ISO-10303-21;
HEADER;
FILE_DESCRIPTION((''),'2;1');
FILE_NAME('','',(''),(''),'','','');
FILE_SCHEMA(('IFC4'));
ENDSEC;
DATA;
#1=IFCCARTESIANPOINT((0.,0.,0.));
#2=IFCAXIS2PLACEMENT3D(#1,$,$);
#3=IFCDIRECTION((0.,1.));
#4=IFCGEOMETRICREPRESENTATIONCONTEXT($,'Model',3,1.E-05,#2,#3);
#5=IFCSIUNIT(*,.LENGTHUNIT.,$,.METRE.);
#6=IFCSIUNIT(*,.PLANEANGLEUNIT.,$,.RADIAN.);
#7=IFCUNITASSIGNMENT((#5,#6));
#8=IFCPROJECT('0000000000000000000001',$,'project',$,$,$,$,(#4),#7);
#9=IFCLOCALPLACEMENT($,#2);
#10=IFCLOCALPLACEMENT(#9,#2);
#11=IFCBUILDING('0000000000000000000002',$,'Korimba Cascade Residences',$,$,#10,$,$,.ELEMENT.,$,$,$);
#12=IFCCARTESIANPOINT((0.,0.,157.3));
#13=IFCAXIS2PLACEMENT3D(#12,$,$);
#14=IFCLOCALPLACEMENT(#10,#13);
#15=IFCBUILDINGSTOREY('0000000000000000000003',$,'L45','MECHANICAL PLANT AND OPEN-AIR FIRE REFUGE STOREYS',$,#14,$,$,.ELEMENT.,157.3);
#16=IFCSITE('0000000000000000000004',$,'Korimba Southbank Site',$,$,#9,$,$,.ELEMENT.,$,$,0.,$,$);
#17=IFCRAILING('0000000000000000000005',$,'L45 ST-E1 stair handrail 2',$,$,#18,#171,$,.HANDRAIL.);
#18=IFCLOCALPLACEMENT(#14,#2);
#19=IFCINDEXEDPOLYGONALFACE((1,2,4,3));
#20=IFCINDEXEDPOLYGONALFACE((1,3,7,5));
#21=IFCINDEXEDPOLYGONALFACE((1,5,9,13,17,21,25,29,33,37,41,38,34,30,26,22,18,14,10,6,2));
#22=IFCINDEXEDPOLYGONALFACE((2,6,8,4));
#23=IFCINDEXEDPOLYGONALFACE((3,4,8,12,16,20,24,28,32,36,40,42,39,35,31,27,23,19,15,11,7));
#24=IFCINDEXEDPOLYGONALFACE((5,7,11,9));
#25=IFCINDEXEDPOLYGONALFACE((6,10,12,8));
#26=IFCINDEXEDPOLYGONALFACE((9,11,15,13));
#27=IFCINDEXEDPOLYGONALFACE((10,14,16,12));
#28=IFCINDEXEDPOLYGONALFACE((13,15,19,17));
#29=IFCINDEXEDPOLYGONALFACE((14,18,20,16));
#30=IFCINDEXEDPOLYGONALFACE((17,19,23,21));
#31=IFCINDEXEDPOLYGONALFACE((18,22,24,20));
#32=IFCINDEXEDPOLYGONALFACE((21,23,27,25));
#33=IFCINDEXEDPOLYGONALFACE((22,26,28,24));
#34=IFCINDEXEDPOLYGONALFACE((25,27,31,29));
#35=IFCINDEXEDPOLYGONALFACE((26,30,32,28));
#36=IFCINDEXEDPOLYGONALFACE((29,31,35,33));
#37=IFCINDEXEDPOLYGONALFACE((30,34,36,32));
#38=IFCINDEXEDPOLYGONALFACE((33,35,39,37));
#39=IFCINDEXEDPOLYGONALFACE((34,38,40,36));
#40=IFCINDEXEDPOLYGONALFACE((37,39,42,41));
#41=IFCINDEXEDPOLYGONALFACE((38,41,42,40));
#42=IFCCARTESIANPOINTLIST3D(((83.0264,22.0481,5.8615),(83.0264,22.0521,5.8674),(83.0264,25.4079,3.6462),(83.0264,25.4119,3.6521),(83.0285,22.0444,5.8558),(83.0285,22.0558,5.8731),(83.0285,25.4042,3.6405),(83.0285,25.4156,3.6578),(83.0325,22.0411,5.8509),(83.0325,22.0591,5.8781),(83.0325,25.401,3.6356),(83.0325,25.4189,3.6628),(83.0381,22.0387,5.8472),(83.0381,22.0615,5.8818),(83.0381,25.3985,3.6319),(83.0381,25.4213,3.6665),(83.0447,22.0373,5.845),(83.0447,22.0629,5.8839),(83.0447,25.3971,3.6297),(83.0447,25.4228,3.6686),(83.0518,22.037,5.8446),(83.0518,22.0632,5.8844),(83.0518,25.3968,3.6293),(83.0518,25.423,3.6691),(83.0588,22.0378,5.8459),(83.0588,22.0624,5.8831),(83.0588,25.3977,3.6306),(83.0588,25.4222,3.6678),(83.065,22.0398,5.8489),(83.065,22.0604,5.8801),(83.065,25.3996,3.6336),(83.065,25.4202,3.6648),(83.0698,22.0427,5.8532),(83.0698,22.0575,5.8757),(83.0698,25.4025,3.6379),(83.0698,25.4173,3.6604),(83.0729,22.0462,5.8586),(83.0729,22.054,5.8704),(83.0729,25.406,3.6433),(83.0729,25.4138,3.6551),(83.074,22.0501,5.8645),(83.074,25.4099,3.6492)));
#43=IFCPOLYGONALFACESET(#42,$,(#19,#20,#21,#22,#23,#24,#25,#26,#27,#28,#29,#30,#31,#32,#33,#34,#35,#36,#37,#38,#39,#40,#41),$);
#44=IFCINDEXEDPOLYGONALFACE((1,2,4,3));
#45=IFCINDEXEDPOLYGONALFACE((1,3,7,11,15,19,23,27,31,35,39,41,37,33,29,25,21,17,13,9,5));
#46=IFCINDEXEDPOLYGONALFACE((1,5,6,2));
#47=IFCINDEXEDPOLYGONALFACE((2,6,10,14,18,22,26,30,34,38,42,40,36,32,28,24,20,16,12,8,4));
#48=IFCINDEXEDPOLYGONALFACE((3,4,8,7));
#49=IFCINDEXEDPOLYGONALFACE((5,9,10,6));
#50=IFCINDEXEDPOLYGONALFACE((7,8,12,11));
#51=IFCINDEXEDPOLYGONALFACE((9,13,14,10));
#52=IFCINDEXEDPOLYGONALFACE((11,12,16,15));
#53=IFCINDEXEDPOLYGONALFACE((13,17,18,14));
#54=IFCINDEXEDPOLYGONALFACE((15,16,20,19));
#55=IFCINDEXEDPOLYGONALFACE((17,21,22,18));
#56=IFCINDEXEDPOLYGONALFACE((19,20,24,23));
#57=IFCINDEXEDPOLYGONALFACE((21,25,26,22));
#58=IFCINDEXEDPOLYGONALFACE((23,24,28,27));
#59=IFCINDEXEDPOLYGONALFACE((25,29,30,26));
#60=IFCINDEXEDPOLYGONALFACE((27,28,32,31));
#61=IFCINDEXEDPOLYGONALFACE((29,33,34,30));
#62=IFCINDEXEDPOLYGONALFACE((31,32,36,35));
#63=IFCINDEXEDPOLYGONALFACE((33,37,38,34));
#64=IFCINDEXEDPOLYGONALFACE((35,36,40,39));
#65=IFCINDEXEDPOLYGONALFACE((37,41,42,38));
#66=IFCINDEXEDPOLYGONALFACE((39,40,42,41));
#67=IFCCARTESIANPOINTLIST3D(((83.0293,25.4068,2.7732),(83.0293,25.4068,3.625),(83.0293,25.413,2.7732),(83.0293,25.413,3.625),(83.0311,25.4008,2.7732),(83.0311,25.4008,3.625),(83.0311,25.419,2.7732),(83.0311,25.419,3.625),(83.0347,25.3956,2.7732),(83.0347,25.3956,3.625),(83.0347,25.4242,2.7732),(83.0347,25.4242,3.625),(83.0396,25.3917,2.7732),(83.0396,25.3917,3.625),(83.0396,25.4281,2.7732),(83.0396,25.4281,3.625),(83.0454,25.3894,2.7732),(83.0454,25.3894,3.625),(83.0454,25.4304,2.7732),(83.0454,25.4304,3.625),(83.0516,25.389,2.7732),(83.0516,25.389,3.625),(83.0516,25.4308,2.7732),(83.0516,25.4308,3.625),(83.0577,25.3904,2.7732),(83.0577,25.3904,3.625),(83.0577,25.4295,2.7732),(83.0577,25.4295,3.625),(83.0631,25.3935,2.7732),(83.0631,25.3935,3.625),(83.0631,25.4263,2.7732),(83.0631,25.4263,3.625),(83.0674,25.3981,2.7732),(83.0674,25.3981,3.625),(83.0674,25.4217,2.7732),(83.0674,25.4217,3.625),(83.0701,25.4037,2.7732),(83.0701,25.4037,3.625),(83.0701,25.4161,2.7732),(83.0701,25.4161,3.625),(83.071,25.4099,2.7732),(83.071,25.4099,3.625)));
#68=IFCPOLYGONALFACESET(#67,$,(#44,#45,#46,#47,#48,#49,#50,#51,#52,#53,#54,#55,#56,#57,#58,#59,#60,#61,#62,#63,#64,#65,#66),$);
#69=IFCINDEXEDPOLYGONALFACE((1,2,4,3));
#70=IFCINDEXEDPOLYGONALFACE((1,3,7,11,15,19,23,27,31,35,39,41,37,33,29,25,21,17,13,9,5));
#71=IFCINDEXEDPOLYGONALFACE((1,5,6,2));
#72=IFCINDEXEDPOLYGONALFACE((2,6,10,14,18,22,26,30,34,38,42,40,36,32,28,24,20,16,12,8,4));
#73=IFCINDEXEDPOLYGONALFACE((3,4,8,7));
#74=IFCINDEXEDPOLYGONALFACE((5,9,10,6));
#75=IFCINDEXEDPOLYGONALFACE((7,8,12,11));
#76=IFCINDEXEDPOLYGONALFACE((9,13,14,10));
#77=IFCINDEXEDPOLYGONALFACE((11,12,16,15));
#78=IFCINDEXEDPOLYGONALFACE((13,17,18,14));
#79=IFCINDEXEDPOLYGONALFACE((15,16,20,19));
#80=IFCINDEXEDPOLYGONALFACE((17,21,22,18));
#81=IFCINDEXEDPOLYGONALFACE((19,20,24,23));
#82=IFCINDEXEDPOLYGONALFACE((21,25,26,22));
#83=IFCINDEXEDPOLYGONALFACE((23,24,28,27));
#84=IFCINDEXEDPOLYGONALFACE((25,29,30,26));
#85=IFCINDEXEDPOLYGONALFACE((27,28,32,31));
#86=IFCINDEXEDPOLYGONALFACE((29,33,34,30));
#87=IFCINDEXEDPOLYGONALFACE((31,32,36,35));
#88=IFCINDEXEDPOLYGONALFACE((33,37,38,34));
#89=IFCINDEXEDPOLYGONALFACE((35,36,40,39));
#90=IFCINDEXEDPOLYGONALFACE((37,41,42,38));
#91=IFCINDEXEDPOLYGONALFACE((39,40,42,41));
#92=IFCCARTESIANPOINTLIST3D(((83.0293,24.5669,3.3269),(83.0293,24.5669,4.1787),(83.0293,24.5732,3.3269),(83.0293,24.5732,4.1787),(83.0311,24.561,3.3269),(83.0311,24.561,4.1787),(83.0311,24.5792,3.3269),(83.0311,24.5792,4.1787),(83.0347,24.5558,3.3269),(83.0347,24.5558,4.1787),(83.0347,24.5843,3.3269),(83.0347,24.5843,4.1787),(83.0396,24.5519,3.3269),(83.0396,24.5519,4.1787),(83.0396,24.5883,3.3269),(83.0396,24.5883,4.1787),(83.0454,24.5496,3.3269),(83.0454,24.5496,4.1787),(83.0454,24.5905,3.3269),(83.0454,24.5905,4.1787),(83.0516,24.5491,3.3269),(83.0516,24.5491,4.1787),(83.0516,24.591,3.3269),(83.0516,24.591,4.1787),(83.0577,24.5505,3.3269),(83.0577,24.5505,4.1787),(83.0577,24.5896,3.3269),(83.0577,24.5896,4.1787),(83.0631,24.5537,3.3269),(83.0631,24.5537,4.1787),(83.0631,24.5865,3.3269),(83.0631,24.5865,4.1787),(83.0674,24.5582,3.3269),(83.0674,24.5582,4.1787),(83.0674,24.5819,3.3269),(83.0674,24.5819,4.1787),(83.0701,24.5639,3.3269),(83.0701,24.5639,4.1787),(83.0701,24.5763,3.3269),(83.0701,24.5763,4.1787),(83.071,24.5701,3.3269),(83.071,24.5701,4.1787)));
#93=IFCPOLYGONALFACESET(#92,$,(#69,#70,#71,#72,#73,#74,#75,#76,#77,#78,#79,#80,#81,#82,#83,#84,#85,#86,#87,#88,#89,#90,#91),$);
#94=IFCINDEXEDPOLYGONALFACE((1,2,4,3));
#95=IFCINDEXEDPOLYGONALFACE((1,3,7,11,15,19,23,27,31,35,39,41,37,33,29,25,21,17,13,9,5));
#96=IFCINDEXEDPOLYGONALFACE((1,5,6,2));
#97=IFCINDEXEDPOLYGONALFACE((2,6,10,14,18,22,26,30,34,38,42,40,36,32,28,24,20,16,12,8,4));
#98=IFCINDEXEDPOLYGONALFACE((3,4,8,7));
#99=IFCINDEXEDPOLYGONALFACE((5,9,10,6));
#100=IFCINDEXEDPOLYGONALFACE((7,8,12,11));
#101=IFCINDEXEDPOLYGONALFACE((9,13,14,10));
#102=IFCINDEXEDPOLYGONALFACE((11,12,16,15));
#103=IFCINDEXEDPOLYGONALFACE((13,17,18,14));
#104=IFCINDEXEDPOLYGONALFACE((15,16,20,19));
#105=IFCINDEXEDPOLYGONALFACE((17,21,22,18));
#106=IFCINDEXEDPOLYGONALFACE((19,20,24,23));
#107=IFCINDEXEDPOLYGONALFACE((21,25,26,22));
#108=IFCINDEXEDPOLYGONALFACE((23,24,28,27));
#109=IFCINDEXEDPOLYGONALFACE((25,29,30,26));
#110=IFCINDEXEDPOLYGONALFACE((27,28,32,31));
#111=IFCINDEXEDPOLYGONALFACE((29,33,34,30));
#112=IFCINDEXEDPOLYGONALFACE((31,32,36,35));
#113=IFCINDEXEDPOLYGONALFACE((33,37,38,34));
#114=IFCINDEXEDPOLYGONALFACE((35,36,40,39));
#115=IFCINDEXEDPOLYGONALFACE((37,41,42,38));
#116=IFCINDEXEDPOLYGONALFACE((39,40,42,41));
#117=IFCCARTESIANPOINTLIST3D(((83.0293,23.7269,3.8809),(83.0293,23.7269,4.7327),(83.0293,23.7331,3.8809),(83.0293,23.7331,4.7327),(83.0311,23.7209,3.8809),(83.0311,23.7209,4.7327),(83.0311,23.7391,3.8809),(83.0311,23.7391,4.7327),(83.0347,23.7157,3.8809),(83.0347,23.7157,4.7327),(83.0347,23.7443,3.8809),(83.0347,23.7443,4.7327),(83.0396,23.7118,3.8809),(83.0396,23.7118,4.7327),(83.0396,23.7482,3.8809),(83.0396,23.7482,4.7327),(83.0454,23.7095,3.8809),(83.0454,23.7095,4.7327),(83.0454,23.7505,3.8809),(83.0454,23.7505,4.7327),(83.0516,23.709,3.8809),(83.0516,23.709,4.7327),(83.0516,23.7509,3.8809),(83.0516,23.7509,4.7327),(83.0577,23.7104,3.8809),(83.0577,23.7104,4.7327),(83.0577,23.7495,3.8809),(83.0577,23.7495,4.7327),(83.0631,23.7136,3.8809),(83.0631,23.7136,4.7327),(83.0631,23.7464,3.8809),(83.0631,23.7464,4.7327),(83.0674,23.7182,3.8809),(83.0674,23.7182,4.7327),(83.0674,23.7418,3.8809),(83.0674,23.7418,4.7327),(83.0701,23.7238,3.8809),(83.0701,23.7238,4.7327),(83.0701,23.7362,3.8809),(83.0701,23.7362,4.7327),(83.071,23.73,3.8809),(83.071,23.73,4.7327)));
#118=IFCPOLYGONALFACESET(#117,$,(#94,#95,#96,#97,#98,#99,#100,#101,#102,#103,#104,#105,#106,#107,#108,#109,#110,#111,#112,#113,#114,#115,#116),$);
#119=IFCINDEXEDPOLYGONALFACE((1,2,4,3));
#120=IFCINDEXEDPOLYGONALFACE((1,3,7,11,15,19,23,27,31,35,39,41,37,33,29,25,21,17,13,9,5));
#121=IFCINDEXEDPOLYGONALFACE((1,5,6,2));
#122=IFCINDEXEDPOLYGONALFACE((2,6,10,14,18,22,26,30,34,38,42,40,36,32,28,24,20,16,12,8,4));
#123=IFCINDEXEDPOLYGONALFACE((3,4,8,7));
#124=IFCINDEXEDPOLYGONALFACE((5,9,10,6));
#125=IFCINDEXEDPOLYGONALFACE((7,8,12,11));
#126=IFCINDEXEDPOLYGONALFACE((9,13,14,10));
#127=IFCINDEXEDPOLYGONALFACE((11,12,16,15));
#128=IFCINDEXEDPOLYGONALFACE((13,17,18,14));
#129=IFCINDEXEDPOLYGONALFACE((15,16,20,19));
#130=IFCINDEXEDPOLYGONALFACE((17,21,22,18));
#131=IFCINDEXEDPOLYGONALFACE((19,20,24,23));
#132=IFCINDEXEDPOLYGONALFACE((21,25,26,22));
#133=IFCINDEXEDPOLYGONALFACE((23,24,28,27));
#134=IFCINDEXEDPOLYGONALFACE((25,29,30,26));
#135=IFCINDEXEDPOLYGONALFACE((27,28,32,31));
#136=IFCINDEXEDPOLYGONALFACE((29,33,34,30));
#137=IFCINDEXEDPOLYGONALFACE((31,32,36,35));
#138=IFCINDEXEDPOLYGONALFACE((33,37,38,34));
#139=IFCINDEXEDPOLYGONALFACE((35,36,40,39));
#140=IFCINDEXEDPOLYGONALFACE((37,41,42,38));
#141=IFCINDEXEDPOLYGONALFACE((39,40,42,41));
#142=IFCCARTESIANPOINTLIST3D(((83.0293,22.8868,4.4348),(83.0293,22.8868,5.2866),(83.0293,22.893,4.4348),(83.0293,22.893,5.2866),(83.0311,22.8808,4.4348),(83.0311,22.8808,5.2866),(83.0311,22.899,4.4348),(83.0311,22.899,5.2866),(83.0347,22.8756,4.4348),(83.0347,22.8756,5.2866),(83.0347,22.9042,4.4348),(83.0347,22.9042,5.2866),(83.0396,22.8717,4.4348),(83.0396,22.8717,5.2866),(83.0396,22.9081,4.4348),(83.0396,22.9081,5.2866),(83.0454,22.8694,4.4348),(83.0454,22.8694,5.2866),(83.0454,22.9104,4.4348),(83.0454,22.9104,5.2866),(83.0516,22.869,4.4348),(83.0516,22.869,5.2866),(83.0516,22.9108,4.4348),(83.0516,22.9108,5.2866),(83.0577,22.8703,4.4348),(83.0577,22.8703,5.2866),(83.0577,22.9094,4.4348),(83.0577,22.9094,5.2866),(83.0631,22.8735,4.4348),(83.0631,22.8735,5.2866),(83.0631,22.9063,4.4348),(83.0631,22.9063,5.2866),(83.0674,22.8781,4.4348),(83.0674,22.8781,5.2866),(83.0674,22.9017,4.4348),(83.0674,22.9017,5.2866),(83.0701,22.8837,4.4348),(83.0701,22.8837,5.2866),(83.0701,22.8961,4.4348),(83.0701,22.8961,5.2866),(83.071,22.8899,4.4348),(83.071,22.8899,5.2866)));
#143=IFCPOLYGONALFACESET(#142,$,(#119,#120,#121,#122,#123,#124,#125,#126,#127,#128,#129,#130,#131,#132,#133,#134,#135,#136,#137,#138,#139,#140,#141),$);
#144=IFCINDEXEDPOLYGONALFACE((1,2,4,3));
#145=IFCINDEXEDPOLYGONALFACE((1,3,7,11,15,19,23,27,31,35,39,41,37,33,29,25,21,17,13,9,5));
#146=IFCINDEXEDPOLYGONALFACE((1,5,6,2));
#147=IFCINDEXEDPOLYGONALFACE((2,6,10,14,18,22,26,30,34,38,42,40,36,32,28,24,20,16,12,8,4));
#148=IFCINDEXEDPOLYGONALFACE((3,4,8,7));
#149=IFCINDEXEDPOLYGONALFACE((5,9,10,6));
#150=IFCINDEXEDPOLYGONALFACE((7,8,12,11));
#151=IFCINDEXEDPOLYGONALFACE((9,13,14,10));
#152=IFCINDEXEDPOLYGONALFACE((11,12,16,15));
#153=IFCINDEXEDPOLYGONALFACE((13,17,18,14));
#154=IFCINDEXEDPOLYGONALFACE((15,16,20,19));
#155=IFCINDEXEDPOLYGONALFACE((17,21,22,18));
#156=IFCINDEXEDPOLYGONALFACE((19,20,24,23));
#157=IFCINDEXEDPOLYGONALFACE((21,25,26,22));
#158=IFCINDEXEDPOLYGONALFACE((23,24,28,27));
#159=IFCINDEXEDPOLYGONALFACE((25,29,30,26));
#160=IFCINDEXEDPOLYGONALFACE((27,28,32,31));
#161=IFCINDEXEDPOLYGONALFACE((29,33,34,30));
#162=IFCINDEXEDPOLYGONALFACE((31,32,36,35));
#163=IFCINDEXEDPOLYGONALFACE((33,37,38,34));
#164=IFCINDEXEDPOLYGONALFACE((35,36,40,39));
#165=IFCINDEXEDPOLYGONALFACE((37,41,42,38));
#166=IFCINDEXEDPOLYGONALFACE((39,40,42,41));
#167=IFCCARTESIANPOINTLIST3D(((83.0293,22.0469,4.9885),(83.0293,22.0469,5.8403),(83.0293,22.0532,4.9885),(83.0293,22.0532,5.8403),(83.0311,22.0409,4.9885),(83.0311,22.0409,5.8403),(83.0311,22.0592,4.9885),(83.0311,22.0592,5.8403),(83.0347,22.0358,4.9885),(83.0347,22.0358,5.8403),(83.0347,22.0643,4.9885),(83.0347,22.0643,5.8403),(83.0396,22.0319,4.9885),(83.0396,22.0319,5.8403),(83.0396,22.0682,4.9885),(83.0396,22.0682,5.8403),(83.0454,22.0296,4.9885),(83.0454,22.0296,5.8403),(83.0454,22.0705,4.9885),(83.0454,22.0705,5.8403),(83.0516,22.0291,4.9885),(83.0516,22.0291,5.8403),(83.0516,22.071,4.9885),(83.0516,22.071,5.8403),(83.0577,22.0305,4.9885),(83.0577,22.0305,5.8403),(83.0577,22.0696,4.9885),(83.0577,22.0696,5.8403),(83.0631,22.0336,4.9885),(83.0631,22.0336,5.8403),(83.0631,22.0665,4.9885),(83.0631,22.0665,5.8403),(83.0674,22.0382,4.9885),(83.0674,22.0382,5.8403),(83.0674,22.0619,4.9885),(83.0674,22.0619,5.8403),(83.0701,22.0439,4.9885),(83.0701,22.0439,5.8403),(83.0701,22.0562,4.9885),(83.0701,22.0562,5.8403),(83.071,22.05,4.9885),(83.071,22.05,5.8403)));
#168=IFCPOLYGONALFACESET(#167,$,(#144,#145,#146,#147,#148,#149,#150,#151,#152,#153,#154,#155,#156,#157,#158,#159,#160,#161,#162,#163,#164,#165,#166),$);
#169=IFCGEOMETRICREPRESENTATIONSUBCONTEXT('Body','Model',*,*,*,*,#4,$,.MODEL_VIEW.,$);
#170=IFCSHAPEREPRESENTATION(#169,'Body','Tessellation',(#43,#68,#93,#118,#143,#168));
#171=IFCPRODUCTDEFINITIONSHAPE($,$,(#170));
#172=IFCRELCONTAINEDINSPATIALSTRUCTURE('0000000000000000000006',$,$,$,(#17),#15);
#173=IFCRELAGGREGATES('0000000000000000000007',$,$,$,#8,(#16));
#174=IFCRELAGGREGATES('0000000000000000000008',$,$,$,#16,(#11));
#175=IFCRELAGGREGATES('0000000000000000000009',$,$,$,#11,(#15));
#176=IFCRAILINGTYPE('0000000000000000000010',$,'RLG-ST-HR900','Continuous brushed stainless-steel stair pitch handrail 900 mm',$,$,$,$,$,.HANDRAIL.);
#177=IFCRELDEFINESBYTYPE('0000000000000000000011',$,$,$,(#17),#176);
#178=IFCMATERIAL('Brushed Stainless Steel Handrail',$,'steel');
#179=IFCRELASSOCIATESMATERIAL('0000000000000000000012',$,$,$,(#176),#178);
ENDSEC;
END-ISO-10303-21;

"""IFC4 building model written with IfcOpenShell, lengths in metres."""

from ifc_helpers import new_model, si_unit, direction, frame, origin, origin_2d, place, context, subcontext, project, spatial, circle, extrude, material, type_object, element, save


model = new_model("IFC4")

# Units and contexts
model_context = context("Model", 3, precision=1e-05, world=origin(), true_north=direction((0.0, 1.0)))
body_context = subcontext(model_context, "Body", "Model", "MODEL_VIEW")
ifc_project = project(units=[si_unit("LENGTHUNIT", "METRE"), si_unit("PLANEANGLEUNIT", "RADIAN")], contexts=[model_context])

# Site, building, storey
site_placement = place(None, origin())
site = spatial("IfcSite", under=ifc_project, at=site_placement, Name="Korimba Southbank Site", CompositionType="ELEMENT", RefElevation=0.0)
building_placement = place(site_placement, origin())
building = spatial("IfcBuilding", under=site, at=building_placement, Name="Korimba Cascade Residences", CompositionType="ELEMENT")
storey_placement = place(building_placement, frame((0.0, 0.0, 157.3)))
storey = spatial("IfcBuildingStorey", under=building, at=storey_placement, Name="L45", Description="MECHANICAL PLANT AND OPEN-AIR FIRE REFUGE STOREYS", CompositionType="ELEMENT", Elevation=157.3)

# Railing
ifc_material_1 = material(Name="Brushed Stainless Steel Handrail", Category="steel")
railing_type_1 = type_object("IfcRailingType", Name="RLG-ST-HR900", Description="Continuous brushed stainless-steel stair pitch handrail 900 mm", PredefinedType="HANDRAIL", material=ifc_material_1)
railing_1_placement = place(storey_placement, frame((83.05, 25.4099, 2.7732)))
element("IfcRailing", 1, at=railing_1_placement, inside=storey, type_object=railing_type_1, Name="L45 ST-E1 stair handrail 2", PredefinedType="HANDRAIL", context=body_context, shape_type="SweptSolid", body=[
    extrude(circle(Radius=0.0239, at=origin_2d()), frame((0.0, 0.0, 0.876), z_axis=(0.0, -0.834858, 0.550465), x_axis=(1.0, 0.0, 0.0)), (0.0, 0.0, 1.0), 4.0244),
    extrude(circle(Radius=0.021, at=origin_2d()), origin(), (0.0, 0.0, 1.0), 0.8518),
    extrude(circle(Radius=0.021, at=origin_2d()), frame((0.0, -0.8398, 0.5537)), (0.0, 0.0, 1.0), 0.8518),
    extrude(circle(Radius=0.021, at=origin_2d()), frame((0.0, -1.6799, 1.1077)), (0.0, 0.0, 1.0), 0.8518),
    extrude(circle(Radius=0.021, at=origin_2d()), frame((0.0, -2.52, 1.6616)), (0.0, 0.0, 1.0), 0.8518),
    extrude(circle(Radius=0.021, at=origin_2d()), frame((0.0, -3.3599, 2.2153)), (0.0, 0.0, 1.0), 0.8518),
])

save(model, "model.ifc")
